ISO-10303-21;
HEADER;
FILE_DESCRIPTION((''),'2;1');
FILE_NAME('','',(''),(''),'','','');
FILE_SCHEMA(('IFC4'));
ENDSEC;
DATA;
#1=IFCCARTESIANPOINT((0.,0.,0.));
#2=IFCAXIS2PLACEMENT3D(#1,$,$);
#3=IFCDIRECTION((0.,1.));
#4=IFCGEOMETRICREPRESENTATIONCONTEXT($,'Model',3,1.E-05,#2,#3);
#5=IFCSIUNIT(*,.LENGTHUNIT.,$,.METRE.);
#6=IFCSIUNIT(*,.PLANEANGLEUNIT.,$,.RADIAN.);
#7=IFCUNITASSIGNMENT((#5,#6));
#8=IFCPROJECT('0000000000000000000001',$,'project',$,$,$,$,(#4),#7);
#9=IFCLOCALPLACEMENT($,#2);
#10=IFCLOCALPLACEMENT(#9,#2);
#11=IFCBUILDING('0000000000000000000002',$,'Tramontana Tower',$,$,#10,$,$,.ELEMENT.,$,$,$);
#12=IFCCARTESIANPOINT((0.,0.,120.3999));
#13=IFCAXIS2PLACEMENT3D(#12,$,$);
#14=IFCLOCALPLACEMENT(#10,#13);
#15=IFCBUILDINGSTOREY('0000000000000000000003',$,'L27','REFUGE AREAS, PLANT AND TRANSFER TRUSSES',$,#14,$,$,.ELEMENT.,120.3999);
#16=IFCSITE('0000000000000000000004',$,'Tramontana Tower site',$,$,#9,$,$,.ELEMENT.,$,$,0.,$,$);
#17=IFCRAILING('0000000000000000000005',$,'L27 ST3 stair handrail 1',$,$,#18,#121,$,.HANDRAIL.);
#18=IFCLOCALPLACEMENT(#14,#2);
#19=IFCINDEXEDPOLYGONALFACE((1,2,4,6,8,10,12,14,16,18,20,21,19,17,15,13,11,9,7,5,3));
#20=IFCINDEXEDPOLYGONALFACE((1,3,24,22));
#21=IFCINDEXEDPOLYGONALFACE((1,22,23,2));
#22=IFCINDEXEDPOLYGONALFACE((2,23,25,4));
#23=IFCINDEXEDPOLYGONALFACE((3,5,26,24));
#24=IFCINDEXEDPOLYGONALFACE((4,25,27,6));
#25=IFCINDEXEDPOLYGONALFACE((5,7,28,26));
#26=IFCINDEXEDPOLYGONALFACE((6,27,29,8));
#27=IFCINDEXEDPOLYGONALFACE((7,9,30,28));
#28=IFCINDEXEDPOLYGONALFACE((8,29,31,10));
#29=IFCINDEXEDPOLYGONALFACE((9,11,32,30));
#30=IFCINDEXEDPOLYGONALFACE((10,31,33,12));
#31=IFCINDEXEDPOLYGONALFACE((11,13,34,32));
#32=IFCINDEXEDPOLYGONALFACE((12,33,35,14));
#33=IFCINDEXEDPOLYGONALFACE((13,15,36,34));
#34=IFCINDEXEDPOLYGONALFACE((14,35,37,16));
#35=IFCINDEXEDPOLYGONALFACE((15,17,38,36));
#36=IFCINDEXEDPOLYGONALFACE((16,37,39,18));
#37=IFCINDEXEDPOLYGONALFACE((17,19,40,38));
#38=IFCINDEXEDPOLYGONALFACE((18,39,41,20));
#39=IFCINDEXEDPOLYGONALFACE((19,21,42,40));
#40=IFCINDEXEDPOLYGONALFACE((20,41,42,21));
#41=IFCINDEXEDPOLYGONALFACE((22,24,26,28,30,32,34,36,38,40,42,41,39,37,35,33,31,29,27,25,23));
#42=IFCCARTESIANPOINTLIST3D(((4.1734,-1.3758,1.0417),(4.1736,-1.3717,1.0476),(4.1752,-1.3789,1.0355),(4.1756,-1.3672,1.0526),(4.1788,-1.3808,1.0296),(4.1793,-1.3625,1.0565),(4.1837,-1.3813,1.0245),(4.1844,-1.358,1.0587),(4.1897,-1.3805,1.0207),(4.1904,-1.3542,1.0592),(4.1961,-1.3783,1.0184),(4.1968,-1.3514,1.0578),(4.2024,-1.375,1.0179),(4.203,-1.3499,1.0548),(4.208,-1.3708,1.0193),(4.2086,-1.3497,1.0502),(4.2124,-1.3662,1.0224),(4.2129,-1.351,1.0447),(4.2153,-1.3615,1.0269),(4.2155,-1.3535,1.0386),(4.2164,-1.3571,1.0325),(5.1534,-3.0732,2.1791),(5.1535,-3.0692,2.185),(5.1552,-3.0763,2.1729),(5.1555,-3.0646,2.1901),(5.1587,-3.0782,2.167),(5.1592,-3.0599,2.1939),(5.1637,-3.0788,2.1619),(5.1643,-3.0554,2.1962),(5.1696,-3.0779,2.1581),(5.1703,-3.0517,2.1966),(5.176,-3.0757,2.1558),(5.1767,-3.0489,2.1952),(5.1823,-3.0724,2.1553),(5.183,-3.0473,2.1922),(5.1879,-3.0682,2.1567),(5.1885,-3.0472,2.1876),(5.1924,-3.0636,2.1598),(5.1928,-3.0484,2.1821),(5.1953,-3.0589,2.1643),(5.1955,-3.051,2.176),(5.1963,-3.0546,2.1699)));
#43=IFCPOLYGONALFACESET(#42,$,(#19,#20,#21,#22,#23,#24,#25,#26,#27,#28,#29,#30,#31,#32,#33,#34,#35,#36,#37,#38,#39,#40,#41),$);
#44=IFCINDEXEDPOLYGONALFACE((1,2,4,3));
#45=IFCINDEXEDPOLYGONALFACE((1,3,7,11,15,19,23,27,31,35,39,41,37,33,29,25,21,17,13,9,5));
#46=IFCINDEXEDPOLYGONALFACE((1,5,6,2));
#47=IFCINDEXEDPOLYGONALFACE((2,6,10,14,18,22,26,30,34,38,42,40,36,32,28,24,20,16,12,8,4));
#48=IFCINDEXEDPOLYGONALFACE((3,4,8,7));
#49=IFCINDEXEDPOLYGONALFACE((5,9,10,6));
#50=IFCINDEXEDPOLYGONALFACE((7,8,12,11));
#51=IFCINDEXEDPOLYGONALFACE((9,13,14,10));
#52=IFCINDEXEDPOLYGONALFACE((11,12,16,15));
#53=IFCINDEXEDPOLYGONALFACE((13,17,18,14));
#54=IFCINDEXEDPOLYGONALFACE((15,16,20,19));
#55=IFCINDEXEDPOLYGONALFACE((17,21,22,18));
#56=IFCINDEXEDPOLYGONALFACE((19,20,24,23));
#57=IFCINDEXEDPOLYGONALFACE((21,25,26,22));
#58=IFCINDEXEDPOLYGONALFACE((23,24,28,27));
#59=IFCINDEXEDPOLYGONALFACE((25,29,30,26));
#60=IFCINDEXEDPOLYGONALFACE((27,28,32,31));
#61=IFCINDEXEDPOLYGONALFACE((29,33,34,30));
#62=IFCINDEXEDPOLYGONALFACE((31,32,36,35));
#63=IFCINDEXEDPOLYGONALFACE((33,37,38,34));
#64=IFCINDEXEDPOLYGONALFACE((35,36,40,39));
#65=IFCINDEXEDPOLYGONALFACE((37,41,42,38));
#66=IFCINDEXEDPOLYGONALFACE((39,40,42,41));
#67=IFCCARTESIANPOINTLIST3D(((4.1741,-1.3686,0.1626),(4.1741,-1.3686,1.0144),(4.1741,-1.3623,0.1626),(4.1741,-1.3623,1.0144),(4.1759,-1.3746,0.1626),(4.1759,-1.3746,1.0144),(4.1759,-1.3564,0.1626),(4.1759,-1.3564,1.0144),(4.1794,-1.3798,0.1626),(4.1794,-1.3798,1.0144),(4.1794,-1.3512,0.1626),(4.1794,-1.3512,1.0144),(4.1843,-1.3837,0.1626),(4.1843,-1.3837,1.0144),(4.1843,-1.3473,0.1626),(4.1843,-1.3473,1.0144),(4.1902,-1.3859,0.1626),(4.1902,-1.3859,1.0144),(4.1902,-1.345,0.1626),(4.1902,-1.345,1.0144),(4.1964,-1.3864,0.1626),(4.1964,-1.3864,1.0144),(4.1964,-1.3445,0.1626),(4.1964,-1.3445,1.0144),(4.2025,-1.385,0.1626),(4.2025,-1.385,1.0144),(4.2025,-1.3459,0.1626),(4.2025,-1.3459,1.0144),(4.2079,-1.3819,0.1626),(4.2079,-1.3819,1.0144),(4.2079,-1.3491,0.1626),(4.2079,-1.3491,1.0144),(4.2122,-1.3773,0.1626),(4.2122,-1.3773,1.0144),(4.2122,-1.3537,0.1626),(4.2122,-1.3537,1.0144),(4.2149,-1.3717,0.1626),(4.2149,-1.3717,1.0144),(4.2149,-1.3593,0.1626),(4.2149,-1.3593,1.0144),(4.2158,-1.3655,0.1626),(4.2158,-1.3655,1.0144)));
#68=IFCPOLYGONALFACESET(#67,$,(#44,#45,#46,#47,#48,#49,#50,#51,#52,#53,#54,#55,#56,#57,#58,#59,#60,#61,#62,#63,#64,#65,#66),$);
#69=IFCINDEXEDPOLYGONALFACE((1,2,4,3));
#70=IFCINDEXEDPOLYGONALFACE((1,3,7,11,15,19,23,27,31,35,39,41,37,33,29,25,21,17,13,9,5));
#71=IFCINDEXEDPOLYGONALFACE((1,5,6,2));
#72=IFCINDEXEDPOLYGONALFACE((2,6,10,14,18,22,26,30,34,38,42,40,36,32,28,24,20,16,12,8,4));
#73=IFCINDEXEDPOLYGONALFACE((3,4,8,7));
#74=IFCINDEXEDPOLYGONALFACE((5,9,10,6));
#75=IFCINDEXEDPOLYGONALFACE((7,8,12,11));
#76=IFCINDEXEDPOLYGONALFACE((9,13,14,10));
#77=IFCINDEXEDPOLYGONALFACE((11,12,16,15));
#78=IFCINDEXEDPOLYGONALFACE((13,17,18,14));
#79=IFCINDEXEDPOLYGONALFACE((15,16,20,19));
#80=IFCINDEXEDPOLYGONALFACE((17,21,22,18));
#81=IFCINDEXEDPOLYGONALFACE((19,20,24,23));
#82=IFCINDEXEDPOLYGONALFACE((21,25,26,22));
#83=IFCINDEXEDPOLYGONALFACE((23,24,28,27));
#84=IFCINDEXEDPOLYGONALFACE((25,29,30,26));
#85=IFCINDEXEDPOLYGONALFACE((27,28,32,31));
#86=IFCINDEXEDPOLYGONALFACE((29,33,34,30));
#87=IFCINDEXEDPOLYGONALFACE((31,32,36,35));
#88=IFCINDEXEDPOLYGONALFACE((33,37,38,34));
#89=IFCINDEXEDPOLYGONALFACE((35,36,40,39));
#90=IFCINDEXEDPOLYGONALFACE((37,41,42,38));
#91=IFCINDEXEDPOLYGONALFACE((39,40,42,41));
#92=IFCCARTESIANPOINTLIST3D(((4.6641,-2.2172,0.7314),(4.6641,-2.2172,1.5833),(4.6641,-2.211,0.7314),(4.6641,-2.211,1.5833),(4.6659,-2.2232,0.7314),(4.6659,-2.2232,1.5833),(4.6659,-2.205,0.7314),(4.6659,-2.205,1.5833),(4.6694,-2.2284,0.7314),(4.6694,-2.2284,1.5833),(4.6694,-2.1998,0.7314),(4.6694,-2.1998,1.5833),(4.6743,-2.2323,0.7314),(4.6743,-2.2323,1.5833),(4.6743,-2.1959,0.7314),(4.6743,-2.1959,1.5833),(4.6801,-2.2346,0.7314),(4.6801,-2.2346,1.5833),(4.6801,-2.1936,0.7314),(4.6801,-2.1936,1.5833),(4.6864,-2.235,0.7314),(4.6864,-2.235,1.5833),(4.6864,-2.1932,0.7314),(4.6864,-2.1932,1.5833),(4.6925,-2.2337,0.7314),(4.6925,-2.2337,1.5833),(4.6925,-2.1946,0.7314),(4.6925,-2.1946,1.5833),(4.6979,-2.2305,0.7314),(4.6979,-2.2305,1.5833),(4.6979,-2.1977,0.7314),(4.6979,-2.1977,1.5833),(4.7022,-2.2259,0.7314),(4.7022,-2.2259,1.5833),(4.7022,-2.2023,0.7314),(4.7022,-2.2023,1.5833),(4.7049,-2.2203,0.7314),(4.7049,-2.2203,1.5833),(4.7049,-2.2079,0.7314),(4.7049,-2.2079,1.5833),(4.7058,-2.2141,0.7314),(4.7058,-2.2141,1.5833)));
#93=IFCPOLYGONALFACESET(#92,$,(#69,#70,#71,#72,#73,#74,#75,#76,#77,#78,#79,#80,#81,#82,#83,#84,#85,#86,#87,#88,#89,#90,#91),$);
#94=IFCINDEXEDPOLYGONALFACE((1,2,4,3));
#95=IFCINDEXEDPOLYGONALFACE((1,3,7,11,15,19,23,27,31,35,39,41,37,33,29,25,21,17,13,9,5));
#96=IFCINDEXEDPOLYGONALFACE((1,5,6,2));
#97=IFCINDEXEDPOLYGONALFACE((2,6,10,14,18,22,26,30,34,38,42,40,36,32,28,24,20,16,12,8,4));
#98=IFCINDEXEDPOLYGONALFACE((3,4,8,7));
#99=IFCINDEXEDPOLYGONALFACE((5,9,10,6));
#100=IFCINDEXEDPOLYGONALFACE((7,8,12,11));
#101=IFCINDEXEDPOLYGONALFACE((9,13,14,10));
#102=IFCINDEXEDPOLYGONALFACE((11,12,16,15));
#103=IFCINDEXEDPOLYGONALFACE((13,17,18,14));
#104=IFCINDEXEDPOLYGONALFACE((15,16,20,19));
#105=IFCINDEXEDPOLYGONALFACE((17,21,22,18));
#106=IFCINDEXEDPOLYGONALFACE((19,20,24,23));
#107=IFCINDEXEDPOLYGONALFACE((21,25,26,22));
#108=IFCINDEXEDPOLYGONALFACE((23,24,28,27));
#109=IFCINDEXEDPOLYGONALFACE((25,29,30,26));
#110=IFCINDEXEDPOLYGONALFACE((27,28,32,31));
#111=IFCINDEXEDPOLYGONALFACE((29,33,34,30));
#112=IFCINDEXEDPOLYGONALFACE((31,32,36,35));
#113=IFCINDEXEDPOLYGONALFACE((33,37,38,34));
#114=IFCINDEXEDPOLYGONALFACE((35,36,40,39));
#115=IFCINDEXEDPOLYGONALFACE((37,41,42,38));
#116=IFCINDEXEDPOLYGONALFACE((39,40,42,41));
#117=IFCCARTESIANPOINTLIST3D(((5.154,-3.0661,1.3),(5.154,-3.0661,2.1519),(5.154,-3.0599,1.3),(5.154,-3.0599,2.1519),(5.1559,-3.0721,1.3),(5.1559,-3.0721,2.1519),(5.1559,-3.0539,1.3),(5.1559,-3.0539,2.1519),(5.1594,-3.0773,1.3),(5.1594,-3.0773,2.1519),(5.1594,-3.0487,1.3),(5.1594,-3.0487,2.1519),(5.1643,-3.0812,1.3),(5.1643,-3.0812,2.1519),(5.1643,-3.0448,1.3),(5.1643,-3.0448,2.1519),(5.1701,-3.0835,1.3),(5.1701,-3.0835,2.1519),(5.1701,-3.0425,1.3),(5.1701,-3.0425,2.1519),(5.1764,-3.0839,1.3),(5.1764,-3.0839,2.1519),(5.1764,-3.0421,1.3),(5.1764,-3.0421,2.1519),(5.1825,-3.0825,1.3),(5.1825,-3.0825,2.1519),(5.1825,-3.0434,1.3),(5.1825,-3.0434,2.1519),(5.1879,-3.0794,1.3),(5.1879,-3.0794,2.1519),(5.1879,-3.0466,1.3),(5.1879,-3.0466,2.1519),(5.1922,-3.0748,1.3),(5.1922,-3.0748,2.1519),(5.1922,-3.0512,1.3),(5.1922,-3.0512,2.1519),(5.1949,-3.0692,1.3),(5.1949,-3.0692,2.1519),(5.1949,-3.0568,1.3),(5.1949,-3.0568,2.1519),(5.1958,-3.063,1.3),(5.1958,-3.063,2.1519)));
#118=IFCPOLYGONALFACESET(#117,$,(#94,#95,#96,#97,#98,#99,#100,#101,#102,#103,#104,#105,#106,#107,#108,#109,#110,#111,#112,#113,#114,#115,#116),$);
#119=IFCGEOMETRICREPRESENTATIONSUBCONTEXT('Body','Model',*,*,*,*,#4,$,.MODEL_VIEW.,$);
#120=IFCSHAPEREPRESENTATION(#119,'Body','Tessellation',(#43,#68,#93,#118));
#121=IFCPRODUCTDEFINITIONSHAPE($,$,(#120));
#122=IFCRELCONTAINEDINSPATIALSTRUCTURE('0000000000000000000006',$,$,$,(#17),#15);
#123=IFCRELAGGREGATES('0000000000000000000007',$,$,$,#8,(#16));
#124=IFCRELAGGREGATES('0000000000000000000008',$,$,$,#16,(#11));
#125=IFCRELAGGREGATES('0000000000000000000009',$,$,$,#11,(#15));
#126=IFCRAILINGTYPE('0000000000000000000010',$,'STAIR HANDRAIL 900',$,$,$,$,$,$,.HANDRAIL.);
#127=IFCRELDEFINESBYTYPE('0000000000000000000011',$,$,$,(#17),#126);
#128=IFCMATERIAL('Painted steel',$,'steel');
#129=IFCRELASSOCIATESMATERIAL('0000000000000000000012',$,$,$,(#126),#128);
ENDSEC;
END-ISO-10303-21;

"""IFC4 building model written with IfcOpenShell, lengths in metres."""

from ifc_helpers import new_model, si_unit, direction, frame, origin, origin_2d, place, context, subcontext, project, spatial, circle, extrude, material, type_object, element, save


model = new_model("IFC4")

# Units and contexts
model_context = context("Model", 3, precision=1e-05, world=origin(), true_north=direction((0.0, 1.0)))
body_context = subcontext(model_context, "Body", "Model", "MODEL_VIEW")
ifc_project = project(units=[si_unit("LENGTHUNIT", "METRE"), si_unit("PLANEANGLEUNIT", "RADIAN")], contexts=[model_context])

# Site, building, storey
site_placement = place(None, origin())
site = spatial("IfcSite", under=ifc_project, at=site_placement, Name="Tramontana Tower site", CompositionType="ELEMENT", RefElevation=0.0)
building_placement = place(site_placement, origin())
building = spatial("IfcBuilding", under=site, at=building_placement, Name="Tramontana Tower", CompositionType="ELEMENT")
storey_placement = place(building_placement, frame((0.0, 0.0, 120.3999)))
storey = spatial("IfcBuildingStorey", under=building, at=storey_placement, Name="L27", Description="REFUGE AREAS, PLANT AND TRANSFER TRUSSES", CompositionType="ELEMENT", Elevation=120.3999)

# Railing
ifc_material_1 = material(Name="Painted steel", Category="steel")
railing_type_1 = type_object("IfcRailingType", Name="STAIR HANDRAIL 900", PredefinedType="HANDRAIL", material=ifc_material_1)
railing_1_placement = place(storey_placement, frame((4.1948, -1.3655, 0.1626)))
element("IfcRailing", 1, at=railing_1_placement, inside=storey, type_object=railing_type_1, Name="L27 ST3 stair handrail 1", PredefinedType="HANDRAIL", context=body_context, shape_type="SweptSolid", body=[
    extrude(circle(Radius=0.0239, at=origin_2d()), frame((0.0, 0.0, 0.876), z_axis=(0.432432, -0.749053, 0.501918), x_axis=(0.866042, 0.49997, 0.0)), (0.0, 0.0, 1.0), 2.2661),
    extrude(circle(Radius=0.021, at=origin_2d()), origin(), (0.0, 0.0, 1.0), 0.8518),
    extrude(circle(Radius=0.021, at=origin_2d()), frame((0.49, -0.8486, 0.5688)), (0.0, 0.0, 1.0), 0.8518),
    extrude(circle(Radius=0.021, at=origin_2d()), frame((0.98, -1.6975, 1.1375)), (0.0, 0.0, 1.0), 0.8518),
])

save(model, "model.ifc")
